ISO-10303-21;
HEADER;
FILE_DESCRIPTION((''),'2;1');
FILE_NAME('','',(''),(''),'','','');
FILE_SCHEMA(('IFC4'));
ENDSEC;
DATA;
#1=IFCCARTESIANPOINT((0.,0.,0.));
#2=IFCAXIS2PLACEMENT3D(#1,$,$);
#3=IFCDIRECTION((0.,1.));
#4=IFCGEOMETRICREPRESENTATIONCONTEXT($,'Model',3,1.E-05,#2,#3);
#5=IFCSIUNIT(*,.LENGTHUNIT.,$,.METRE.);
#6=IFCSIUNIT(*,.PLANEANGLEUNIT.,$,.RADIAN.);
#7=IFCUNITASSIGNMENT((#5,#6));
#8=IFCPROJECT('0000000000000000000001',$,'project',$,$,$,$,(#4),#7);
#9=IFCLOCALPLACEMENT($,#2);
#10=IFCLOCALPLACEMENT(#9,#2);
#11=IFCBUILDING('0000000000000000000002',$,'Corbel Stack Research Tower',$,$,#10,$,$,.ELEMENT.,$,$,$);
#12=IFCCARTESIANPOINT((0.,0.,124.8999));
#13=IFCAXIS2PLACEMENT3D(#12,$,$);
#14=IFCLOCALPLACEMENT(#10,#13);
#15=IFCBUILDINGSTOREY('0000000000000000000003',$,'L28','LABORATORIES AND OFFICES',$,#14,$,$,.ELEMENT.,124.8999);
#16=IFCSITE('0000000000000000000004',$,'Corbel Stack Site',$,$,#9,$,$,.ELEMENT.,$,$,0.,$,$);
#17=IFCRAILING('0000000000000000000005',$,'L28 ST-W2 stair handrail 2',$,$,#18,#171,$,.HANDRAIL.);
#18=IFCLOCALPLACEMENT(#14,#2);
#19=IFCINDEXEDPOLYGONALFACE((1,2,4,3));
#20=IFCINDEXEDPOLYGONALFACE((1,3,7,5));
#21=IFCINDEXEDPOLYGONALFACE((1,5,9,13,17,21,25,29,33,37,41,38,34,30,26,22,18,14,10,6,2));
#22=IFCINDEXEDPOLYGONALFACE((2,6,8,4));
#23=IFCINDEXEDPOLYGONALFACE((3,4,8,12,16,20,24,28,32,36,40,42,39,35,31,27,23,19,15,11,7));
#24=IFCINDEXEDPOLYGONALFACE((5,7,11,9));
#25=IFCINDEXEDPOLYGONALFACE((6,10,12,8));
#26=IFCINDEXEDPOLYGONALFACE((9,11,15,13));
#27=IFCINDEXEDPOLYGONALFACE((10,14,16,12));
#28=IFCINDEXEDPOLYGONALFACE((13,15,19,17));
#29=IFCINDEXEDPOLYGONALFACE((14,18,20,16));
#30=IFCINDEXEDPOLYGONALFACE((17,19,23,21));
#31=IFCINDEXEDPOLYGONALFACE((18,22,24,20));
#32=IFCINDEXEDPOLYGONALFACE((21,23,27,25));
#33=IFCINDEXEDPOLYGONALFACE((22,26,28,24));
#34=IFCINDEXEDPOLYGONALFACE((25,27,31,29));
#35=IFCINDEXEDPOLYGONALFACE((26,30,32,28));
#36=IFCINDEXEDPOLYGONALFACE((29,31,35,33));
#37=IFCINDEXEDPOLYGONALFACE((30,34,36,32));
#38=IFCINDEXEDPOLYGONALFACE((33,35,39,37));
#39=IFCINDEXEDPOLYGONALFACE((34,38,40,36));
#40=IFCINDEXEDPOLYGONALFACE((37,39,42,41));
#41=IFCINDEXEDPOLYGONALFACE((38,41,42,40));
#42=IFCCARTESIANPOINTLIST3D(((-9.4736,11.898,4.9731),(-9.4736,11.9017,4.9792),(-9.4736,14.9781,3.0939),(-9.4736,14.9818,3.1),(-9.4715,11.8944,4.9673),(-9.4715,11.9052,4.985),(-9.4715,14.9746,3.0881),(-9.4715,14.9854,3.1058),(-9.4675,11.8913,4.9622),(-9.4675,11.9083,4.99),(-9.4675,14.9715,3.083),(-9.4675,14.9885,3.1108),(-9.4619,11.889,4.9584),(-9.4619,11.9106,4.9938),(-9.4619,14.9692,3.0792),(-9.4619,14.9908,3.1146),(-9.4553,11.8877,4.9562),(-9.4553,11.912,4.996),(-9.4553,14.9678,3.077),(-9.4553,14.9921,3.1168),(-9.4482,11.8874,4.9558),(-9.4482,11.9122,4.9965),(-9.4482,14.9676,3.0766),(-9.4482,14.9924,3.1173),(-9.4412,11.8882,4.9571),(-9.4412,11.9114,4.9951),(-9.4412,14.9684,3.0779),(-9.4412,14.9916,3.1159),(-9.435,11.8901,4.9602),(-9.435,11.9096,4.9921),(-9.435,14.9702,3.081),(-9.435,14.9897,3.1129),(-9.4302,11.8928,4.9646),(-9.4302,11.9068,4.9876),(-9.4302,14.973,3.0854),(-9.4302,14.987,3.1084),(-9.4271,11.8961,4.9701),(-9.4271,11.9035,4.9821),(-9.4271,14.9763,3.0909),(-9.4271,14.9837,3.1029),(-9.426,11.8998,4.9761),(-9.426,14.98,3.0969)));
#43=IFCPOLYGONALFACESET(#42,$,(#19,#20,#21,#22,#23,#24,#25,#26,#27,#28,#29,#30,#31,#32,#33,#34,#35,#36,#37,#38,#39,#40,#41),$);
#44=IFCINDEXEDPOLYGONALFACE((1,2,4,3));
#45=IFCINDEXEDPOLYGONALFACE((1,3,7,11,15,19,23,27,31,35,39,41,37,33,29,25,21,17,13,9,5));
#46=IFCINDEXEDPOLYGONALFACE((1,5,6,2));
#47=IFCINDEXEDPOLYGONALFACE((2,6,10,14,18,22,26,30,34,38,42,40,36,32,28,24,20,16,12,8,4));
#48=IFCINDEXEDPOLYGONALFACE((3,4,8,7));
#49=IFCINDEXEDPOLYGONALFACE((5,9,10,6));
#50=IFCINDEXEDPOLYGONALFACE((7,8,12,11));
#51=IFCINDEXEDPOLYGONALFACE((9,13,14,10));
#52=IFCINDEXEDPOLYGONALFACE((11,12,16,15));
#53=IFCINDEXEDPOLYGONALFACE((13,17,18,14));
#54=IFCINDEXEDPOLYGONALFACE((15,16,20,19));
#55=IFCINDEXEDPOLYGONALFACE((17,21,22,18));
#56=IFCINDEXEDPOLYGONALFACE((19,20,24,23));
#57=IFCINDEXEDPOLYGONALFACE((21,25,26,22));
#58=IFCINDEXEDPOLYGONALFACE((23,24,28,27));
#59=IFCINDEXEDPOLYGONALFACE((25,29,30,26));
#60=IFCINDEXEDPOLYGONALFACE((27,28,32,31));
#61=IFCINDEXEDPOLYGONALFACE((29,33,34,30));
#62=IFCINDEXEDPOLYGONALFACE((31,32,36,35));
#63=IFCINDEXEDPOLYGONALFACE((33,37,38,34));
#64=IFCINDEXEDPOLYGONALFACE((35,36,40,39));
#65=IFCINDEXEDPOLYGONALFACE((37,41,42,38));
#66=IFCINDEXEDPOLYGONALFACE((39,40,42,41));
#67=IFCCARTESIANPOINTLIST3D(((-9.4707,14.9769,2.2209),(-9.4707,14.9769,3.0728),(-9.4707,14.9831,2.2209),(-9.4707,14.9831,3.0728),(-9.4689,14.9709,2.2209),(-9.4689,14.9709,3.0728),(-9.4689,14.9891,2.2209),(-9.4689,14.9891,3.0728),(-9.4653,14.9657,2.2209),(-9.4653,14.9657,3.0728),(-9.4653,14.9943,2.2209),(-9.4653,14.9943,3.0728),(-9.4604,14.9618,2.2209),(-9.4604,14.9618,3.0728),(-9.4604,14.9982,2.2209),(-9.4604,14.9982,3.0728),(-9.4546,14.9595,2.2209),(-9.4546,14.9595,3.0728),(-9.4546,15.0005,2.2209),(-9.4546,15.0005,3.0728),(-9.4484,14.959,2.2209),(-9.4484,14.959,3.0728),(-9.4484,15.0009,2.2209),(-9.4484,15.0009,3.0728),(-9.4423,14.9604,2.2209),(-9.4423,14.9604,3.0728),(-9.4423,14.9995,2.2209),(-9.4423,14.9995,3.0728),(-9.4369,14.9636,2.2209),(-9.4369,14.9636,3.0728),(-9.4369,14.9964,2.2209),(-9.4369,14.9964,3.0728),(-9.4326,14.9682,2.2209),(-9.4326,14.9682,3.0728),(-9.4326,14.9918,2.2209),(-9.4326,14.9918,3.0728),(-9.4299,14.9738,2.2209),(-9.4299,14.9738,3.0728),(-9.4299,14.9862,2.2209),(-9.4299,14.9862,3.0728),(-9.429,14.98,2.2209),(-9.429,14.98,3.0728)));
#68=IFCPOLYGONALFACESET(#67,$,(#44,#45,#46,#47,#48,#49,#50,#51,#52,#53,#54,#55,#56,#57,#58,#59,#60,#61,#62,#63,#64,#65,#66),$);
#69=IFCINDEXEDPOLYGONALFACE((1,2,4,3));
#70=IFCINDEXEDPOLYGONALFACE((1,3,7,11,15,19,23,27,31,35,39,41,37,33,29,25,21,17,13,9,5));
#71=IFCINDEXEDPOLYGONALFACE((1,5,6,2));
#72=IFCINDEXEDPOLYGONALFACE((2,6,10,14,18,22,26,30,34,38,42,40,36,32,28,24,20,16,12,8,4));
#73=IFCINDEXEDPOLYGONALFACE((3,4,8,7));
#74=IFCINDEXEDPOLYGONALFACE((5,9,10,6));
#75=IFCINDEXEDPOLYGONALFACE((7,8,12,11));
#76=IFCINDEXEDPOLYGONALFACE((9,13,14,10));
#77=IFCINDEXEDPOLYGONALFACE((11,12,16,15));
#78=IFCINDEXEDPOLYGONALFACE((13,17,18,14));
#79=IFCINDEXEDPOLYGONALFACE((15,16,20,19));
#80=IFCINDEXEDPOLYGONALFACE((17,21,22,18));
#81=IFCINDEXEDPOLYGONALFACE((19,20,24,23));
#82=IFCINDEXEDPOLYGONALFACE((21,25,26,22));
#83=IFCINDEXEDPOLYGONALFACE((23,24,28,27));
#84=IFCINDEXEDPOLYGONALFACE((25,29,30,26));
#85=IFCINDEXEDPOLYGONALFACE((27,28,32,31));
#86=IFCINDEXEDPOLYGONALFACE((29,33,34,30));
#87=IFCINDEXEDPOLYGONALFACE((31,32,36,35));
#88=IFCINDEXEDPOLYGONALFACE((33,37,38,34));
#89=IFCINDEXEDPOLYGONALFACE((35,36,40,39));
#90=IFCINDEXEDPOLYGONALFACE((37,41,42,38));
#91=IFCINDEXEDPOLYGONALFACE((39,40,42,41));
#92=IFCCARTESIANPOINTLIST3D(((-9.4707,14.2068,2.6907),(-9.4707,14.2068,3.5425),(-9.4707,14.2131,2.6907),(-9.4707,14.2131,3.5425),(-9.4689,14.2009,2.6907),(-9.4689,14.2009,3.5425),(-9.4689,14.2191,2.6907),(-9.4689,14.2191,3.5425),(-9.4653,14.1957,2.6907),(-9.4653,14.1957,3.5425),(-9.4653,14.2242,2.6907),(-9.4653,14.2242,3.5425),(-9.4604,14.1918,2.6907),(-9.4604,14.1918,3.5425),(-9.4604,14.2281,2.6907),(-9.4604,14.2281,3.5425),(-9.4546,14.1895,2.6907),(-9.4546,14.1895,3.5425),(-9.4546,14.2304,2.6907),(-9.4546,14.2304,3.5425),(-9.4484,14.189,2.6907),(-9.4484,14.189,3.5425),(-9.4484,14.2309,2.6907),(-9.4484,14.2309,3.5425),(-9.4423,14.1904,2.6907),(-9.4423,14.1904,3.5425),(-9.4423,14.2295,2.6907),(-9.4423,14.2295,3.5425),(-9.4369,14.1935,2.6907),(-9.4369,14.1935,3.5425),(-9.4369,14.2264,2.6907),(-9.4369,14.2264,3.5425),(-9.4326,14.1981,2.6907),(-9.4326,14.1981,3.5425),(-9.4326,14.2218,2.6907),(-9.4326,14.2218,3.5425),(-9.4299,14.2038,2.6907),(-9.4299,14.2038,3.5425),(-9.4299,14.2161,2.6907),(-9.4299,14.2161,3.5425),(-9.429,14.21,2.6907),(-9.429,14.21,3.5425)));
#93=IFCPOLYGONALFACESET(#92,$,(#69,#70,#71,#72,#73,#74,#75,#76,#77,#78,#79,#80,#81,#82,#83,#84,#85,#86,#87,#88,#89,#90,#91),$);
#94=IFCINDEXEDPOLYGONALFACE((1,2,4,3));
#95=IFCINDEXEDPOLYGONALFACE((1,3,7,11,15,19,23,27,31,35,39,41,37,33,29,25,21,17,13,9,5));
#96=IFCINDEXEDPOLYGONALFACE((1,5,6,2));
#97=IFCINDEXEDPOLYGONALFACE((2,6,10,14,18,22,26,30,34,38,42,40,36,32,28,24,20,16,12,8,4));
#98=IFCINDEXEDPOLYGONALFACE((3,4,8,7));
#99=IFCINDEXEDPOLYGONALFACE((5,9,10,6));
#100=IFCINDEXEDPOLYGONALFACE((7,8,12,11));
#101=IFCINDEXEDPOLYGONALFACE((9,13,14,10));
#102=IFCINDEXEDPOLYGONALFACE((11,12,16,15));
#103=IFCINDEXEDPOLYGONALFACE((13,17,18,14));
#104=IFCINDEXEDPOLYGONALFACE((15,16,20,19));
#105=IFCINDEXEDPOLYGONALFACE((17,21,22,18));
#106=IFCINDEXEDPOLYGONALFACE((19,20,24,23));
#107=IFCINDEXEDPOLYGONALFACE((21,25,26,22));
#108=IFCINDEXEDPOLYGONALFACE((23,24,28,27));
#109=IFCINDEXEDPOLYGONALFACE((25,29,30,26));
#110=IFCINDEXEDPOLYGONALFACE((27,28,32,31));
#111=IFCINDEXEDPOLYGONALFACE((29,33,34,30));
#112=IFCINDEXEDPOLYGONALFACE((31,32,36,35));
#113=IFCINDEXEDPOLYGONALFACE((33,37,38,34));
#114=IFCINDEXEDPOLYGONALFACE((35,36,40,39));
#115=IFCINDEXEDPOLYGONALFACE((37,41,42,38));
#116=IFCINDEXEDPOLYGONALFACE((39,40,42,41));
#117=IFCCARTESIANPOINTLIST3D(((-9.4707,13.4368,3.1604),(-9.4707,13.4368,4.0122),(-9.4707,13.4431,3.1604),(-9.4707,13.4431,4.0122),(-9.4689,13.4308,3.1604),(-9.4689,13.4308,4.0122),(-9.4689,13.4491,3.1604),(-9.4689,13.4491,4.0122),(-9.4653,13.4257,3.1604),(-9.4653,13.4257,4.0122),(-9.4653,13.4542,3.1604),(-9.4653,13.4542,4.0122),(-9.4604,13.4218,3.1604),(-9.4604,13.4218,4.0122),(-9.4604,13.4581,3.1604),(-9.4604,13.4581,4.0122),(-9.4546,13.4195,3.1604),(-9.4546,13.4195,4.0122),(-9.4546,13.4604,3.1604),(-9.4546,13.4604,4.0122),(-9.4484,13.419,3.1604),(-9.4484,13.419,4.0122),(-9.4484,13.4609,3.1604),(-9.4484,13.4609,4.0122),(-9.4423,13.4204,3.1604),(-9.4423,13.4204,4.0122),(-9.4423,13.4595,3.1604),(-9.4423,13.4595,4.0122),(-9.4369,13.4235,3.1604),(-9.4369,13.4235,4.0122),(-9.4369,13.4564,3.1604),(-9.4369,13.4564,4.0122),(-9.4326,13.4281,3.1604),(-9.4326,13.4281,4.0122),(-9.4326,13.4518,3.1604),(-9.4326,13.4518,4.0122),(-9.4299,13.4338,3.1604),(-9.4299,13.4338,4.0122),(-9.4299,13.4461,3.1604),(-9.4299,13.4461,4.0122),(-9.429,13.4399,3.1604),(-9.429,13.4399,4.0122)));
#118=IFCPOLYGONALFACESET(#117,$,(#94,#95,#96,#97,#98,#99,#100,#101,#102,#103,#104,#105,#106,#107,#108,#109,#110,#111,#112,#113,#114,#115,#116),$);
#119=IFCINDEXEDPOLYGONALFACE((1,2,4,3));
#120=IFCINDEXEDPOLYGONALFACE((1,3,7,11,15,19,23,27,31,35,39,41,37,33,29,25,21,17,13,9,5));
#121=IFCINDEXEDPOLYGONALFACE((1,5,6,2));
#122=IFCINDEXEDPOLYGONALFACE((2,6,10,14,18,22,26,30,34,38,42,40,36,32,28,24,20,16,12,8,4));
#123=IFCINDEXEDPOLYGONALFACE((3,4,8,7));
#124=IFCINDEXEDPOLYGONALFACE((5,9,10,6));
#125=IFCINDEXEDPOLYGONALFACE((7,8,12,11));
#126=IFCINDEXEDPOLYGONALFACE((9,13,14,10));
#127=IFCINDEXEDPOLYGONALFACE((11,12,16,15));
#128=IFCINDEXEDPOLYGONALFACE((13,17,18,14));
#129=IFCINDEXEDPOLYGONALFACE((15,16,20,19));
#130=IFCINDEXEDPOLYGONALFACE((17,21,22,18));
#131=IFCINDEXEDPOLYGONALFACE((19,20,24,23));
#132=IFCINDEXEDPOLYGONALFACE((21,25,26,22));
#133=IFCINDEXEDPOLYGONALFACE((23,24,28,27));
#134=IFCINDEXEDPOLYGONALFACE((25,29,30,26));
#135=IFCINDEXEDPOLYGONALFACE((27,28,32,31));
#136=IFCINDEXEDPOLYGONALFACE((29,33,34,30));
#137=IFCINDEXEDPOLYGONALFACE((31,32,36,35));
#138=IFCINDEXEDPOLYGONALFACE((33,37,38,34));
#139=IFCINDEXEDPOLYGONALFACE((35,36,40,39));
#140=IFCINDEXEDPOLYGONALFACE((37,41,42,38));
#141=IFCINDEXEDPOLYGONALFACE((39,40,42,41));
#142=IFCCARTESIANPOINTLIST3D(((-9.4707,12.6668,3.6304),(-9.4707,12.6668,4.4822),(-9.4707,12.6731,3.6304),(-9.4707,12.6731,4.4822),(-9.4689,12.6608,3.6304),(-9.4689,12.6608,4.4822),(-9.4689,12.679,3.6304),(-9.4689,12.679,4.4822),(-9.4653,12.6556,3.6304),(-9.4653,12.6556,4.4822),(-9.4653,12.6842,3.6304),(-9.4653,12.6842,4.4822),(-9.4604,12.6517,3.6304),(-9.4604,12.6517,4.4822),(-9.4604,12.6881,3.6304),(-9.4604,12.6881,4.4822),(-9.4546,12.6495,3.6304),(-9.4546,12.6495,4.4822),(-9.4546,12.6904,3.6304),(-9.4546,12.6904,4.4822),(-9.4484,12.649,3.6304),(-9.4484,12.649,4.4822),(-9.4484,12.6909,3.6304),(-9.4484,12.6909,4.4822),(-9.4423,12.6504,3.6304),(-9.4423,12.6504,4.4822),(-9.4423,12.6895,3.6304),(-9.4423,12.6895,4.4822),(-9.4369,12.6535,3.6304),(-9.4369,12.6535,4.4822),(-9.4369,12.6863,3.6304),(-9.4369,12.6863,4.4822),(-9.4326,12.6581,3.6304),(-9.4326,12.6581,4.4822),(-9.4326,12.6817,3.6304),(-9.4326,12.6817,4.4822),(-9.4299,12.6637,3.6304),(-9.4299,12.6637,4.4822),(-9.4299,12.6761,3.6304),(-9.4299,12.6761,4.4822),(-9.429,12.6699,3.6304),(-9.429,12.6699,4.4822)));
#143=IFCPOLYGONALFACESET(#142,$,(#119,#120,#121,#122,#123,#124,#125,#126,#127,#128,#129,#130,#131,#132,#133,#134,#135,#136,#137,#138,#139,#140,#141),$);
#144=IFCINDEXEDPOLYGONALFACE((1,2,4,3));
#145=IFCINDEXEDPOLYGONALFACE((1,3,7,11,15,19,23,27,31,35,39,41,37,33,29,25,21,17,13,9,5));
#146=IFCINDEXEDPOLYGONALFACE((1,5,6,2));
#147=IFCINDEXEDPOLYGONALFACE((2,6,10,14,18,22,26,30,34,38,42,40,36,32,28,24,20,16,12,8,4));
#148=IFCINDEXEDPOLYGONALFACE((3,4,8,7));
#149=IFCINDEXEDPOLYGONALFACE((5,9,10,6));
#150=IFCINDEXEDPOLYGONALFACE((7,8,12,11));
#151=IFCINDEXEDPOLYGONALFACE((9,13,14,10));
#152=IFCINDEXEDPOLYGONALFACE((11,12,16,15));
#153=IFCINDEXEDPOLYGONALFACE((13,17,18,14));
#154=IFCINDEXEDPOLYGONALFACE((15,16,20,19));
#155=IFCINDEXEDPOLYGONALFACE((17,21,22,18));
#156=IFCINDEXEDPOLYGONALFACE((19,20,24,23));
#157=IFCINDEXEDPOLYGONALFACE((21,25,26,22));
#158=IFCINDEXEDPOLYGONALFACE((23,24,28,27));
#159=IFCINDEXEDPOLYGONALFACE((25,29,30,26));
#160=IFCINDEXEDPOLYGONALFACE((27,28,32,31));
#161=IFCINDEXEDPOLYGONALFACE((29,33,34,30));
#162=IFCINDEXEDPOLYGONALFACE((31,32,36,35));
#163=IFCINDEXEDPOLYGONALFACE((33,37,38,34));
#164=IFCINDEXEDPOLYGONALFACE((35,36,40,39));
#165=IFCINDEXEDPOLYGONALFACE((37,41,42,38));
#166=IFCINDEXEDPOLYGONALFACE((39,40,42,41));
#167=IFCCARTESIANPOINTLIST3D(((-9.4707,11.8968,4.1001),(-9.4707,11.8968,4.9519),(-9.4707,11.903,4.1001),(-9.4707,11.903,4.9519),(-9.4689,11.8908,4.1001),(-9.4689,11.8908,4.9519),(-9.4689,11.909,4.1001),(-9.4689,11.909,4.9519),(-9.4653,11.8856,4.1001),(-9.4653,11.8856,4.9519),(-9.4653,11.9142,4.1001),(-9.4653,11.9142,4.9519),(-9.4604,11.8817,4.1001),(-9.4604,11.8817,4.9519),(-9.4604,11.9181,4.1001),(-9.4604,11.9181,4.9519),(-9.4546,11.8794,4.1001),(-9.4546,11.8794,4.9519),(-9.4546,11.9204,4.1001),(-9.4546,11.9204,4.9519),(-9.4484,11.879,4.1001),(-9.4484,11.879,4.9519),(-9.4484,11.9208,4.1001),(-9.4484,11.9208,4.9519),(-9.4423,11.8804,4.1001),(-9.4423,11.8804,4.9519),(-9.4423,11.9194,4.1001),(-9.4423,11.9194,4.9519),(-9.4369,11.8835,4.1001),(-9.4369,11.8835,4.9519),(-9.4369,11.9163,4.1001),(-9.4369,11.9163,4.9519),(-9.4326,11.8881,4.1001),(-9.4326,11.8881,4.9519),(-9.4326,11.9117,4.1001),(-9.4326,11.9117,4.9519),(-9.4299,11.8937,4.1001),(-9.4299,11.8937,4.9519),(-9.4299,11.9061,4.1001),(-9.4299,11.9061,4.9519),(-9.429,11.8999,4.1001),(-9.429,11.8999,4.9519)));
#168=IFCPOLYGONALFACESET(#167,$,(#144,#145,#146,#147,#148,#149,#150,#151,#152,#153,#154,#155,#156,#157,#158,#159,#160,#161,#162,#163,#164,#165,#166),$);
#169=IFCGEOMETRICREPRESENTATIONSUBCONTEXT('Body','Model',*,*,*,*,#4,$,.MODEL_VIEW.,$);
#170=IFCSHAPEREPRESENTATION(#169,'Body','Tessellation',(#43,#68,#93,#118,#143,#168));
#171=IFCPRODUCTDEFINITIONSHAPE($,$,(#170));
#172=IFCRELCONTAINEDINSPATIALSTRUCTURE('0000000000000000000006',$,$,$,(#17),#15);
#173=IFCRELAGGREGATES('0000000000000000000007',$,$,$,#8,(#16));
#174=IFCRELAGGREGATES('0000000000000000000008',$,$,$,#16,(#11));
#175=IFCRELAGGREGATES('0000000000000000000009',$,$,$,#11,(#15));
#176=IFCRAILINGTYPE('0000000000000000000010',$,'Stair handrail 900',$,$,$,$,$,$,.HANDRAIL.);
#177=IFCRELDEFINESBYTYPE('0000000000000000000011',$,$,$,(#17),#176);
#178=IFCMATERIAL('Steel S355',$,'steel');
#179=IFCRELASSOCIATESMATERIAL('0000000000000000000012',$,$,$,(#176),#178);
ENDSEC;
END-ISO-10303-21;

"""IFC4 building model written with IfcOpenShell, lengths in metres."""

from ifc_helpers import new_model, si_unit, direction, frame, origin, origin_2d, place, context, subcontext, project, spatial, circle, extrude, material, type_object, element, save


model = new_model("IFC4")

# Units and contexts
model_context = context("Model", 3, precision=1e-05, world=origin(), true_north=direction((0.0, 1.0)))
body_context = subcontext(model_context, "Body", "Model", "MODEL_VIEW")
ifc_project = project(units=[si_unit("LENGTHUNIT", "METRE"), si_unit("PLANEANGLEUNIT", "RADIAN")], contexts=[model_context])

# Site, building, storey
site_placement = place(None, origin())
site = spatial("IfcSite", under=ifc_project, at=site_placement, Name="Corbel Stack Site", CompositionType="ELEMENT", RefElevation=0.0)
building_placement = place(site_placement, origin())
building = spatial("IfcBuilding", under=site, at=building_placement, Name="Corbel Stack Research Tower", CompositionType="ELEMENT")
storey_placement = place(building_placement, frame((0.0, 0.0, 124.8999)))
storey = spatial("IfcBuildingStorey", under=building, at=storey_placement, Name="L28", Description="LABORATORIES AND OFFICES", CompositionType="ELEMENT", Elevation=124.8999)

# Railing
ifc_material_1 = material(Name="Steel S355", Category="steel")
railing_type_1 = type_object("IfcRailingType", Name="Stair handrail 900", PredefinedType="HANDRAIL", material=ifc_material_1)
railing_1_placement = place(storey_placement, frame((-9.45, 14.98, 2.2209)))
element("IfcRailing", 1, at=railing_1_placement, inside=storey, type_object=railing_type_1, Name="L28 ST-W2 stair handrail 2", PredefinedType="HANDRAIL", context=body_context, shape_type="SweptSolid", body=[
    extrude(circle(Radius=0.0239, at=origin_2d()), frame((0.0, 0.0, 0.876), z_axis=(0.0, -0.853666, 0.52082), x_axis=(1.0, 0.0, 0.0)), (0.0, 0.0, 1.0), 3.6082),
    extrude(circle(Radius=0.021, at=origin_2d()), origin(), (0.0, 0.0, 1.0), 0.8518),
    extrude(circle(Radius=0.021, at=origin_2d()), frame((0.0, -0.77, 0.4697)), (0.0, 0.0, 1.0), 0.8518),
    extrude(circle(Radius=0.021, at=origin_2d()), frame((0.0, -1.54, 0.9395)), (0.0, 0.0, 1.0), 0.8518),
    extrude(circle(Radius=0.021, at=origin_2d()), frame((0.0, -2.3101, 1.4094)), (0.0, 0.0, 1.0), 0.8518),
    extrude(circle(Radius=0.021, at=origin_2d()), frame((0.0, -3.0801, 1.8792)), (0.0, 0.0, 1.0), 0.8518),
])

save(model, "model.ifc")
